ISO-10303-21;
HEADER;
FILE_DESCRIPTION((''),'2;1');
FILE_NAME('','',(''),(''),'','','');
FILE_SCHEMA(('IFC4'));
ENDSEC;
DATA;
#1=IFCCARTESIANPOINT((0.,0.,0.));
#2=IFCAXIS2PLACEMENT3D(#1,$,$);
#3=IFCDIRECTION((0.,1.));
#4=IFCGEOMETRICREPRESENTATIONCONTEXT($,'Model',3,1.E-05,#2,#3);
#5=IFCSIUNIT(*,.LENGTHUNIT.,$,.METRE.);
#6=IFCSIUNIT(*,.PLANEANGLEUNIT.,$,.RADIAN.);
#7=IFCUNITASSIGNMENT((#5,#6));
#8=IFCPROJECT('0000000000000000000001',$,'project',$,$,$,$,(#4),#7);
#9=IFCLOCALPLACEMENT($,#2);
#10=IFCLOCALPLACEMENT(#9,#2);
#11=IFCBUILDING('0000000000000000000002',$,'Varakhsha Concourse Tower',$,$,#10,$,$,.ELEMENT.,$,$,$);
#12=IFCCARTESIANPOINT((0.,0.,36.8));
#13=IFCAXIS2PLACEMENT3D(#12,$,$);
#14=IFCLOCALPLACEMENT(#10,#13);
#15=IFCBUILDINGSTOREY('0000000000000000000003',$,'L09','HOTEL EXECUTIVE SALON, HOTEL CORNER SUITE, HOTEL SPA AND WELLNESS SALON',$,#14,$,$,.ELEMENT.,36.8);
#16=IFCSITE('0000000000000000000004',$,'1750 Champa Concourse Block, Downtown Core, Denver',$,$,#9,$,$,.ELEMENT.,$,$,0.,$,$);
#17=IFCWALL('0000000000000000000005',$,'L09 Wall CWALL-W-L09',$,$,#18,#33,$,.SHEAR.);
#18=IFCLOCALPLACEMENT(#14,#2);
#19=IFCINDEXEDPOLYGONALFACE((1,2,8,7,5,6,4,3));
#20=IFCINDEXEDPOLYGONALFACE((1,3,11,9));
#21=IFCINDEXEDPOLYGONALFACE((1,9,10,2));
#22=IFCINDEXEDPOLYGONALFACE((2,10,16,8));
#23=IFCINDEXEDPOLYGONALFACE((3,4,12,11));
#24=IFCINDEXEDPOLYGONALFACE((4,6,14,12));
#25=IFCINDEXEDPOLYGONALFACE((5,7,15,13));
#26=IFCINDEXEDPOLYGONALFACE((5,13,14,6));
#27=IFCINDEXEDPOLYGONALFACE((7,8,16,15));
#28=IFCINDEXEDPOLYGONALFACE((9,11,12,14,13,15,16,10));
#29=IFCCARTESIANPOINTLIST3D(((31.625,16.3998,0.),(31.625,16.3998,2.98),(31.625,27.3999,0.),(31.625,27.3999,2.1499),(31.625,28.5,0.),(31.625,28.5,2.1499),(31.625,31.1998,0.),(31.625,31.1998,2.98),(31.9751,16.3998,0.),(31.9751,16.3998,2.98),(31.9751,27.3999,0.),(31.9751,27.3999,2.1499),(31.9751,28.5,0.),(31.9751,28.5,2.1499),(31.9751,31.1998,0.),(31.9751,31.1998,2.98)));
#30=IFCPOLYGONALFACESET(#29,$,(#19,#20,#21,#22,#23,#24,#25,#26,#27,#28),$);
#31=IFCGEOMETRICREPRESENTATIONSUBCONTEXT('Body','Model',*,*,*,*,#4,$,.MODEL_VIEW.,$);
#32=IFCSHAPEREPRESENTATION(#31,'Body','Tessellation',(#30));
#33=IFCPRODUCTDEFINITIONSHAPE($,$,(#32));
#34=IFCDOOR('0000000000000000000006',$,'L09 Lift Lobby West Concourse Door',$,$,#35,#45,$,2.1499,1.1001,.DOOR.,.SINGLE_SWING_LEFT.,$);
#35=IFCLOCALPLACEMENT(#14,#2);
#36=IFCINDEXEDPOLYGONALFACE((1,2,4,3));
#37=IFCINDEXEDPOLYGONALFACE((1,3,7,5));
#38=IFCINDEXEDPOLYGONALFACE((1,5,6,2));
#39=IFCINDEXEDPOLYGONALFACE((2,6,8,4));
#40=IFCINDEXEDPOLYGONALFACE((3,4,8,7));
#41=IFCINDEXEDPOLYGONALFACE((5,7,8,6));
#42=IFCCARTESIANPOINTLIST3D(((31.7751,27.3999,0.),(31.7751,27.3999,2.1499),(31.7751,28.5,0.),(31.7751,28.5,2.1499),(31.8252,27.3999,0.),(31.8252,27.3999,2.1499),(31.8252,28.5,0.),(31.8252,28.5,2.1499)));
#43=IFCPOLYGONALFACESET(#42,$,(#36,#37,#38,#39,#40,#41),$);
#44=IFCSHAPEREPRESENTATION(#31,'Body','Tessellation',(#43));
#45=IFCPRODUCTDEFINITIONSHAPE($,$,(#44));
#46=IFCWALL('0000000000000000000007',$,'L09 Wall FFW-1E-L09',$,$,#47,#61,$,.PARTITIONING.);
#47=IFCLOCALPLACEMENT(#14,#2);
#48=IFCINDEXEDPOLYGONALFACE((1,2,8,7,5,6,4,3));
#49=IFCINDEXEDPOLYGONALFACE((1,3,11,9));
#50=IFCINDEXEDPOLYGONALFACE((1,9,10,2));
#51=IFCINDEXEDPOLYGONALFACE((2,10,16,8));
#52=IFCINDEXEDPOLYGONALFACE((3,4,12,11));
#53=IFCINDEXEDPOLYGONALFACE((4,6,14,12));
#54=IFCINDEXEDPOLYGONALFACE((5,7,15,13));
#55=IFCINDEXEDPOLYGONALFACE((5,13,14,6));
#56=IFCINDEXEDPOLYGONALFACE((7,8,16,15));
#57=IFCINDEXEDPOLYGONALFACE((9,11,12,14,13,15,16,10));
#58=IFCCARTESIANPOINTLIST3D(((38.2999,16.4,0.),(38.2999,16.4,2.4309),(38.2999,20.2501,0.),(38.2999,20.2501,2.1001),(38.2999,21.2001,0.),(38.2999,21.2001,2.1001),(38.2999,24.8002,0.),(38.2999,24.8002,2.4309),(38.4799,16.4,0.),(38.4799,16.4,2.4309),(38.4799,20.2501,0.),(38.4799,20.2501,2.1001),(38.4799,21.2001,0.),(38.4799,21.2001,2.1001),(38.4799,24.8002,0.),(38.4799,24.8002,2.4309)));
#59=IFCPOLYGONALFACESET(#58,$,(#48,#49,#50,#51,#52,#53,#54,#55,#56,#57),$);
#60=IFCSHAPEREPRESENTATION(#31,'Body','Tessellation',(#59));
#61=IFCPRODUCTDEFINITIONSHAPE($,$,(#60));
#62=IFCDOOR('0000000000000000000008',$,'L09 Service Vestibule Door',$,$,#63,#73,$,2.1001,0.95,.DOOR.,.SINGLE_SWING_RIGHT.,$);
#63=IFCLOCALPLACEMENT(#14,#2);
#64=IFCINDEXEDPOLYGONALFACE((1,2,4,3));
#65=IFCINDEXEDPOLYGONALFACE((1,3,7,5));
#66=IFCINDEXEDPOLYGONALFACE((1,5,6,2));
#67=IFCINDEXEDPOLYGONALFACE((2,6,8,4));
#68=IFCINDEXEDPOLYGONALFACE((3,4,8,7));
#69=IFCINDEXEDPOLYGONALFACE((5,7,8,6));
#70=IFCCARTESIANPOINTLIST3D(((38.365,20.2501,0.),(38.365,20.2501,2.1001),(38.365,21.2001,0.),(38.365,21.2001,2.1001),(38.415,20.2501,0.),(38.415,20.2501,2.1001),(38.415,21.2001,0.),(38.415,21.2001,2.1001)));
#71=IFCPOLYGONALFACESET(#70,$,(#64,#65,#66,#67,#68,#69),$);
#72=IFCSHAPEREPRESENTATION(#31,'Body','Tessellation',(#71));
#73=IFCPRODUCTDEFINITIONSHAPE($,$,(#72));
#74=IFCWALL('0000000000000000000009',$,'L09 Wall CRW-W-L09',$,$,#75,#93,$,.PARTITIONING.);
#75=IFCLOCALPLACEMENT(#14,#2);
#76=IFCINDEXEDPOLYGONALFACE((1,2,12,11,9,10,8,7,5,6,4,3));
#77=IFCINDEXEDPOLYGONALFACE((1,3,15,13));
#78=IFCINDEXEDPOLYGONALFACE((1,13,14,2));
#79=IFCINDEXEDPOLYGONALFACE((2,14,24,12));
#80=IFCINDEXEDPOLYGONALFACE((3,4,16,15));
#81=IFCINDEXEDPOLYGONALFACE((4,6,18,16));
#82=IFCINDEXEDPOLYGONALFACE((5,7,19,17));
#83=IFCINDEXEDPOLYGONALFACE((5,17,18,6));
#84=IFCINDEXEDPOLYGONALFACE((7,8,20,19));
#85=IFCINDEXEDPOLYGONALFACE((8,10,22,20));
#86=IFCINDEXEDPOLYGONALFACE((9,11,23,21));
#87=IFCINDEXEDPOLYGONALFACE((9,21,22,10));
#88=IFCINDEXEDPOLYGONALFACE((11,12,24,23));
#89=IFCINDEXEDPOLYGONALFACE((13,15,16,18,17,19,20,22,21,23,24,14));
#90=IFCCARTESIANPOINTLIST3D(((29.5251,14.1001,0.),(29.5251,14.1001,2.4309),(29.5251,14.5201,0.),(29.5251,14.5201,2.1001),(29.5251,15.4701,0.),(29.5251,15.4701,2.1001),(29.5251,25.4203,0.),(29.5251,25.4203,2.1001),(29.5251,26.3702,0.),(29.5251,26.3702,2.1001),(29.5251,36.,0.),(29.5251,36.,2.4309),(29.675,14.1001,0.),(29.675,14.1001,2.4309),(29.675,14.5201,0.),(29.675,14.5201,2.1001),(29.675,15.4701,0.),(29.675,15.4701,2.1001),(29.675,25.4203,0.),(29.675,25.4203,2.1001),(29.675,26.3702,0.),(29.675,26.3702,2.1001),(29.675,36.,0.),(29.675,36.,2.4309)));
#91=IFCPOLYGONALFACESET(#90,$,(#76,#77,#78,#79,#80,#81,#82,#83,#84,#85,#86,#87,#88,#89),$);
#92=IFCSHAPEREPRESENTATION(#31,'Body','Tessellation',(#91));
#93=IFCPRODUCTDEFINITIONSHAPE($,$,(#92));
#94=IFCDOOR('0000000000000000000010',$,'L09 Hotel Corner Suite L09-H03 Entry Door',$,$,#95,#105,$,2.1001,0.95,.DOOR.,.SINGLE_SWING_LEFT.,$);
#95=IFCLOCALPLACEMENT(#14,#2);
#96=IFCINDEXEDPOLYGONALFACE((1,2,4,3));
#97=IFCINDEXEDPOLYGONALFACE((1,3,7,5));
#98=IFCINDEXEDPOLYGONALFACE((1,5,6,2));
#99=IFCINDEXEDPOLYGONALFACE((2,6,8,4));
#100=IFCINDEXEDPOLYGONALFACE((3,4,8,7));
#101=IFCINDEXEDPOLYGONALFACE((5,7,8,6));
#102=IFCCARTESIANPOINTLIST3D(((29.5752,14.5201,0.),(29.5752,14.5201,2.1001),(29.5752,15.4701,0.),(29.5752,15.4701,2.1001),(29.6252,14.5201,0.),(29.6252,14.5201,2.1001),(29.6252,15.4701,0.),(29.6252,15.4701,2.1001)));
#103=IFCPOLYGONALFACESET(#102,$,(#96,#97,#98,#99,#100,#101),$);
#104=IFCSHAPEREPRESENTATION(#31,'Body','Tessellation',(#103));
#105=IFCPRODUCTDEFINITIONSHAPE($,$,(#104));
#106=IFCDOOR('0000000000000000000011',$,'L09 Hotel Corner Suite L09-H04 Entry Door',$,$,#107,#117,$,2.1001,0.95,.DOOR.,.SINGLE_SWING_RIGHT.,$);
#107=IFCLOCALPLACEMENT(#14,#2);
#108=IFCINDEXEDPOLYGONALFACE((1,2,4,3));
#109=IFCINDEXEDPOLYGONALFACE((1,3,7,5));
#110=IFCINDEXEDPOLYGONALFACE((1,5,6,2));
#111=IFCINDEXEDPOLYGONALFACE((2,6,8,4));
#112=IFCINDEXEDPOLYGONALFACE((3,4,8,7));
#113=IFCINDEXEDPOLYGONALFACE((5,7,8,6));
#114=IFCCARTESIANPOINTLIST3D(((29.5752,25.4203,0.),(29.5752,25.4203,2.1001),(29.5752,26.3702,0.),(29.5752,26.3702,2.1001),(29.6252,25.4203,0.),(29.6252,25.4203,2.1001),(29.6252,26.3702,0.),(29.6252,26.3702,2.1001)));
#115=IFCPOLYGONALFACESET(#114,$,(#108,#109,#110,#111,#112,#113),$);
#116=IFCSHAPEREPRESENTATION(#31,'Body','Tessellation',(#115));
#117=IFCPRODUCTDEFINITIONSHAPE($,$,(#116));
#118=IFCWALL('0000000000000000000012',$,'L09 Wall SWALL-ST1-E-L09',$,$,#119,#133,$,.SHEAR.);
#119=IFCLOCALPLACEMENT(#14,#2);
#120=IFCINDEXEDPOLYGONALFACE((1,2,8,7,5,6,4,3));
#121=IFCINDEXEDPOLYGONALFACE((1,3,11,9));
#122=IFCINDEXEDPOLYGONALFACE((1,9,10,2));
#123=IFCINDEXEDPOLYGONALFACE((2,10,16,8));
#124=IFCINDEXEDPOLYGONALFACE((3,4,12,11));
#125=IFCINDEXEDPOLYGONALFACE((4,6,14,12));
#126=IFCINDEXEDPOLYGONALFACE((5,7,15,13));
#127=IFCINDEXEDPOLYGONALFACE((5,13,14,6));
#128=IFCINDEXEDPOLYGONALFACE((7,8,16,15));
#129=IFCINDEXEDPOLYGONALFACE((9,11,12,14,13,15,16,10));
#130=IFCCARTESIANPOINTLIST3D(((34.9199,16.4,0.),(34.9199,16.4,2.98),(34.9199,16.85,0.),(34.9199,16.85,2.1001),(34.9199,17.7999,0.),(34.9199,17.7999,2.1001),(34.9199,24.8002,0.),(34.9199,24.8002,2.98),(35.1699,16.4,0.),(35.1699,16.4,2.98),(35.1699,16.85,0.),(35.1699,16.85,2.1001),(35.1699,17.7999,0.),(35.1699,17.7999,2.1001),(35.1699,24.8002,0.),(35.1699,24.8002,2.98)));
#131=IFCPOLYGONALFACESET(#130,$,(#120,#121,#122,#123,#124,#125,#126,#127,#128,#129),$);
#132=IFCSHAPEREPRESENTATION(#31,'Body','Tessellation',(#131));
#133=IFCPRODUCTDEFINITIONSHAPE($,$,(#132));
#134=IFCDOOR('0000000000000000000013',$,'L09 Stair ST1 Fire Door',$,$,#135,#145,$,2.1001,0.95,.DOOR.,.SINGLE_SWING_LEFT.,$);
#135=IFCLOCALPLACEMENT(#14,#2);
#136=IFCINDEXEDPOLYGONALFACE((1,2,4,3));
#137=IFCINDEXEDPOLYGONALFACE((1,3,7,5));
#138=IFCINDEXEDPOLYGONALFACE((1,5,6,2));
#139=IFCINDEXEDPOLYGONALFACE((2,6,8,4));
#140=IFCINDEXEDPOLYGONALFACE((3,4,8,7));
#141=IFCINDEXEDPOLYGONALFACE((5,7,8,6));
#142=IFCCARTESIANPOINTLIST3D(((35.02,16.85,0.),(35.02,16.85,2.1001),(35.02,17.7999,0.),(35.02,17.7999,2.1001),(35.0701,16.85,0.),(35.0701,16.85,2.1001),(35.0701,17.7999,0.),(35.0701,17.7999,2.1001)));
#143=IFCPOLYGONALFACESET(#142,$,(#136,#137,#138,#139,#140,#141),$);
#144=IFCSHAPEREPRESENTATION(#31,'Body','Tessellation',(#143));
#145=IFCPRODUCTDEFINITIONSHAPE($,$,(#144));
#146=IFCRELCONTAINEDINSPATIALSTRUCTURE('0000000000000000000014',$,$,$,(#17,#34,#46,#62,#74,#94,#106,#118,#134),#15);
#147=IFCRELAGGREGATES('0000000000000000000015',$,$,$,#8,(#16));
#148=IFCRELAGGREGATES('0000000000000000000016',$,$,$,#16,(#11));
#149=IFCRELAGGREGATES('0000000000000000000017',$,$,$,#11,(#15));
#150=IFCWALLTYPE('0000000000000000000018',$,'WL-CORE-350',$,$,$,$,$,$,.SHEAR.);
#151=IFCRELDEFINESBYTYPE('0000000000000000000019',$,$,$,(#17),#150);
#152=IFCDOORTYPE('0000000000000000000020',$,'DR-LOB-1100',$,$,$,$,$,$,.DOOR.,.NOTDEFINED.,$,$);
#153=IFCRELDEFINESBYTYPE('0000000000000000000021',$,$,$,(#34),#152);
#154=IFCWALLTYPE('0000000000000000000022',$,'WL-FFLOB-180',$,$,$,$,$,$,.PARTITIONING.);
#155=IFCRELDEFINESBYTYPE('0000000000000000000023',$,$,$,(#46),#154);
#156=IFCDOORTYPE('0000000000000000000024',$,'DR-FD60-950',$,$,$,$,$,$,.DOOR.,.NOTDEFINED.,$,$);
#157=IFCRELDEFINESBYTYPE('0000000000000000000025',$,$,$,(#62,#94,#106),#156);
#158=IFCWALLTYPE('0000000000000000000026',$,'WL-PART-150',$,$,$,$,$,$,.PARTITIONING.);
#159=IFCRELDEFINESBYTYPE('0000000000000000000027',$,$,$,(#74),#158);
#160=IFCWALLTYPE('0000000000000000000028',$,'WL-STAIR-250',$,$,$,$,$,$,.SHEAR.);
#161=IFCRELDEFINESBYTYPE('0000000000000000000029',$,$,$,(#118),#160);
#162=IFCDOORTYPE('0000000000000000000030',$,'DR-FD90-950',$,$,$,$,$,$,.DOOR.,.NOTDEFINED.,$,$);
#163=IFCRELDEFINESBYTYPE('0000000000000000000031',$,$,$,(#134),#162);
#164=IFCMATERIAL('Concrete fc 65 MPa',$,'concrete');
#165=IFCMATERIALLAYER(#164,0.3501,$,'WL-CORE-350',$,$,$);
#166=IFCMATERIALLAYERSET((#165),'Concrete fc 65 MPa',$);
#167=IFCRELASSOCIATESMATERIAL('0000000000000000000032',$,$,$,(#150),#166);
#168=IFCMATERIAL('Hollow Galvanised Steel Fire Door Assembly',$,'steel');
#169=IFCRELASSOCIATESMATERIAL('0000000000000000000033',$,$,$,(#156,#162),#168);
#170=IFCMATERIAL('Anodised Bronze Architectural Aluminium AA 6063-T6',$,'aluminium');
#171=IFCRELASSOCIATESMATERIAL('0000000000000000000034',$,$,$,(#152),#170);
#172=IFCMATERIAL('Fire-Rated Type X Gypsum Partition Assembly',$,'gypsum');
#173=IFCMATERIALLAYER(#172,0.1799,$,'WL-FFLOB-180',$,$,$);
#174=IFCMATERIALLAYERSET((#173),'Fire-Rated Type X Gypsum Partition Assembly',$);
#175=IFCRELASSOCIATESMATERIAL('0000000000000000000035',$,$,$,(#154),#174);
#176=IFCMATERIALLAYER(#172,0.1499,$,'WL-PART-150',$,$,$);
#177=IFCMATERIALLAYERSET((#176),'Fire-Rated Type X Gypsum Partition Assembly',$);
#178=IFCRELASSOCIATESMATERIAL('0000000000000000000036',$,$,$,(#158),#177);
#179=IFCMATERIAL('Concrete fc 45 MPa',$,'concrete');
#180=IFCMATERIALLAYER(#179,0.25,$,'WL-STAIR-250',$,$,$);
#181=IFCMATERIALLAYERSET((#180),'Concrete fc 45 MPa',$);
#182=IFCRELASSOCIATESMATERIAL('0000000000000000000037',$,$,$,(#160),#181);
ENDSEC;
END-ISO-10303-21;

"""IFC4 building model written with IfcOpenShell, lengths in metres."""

from ifc_helpers import new_model, si_unit, direction, frame, frame_2d, origin, place, context, subcontext, project, spatial, rectangle, extrude, material, layer, layer_set, type_object, element, fill, save


model = new_model("IFC4")

# Units and contexts
model_context = context("Model", 3, precision=1e-05, world=origin(), true_north=direction((0.0, 1.0)))
body_context = subcontext(model_context, "Body", "Model", "MODEL_VIEW")
ifc_project = project(units=[si_unit("LENGTHUNIT", "METRE"), si_unit("PLANEANGLEUNIT", "RADIAN")], contexts=[model_context])

# Site, building, storey
site_placement = place(None, origin())
site = spatial("IfcSite", under=ifc_project, at=site_placement, Name="1750 Champa Concourse Block, Downtown Core, Denver", CompositionType="ELEMENT", RefElevation=0.0)
building_placement = place(site_placement, origin())
building = spatial("IfcBuilding", under=site, at=building_placement, Name="Varakhsha Concourse Tower", CompositionType="ELEMENT")
storey_placement = place(building_placement, frame((0.0, 0.0, 36.8)))
storey = spatial("IfcBuildingStorey", under=building, at=storey_placement, Name="L09", Description="HOTEL EXECUTIVE SALON, HOTEL CORNER SUITE, HOTEL SPA AND WELLNESS SALON", CompositionType="ELEMENT", Elevation=36.8)

# Shared definitions
ifc_material_1 = material(Name="Concrete fc 65 MPa", Category="concrete")

# Shared definitions
ifc_layer_1 = layer(ifc_material_1, 0.3501, Name="WL-CORE-350")
ifc_layer_set_1 = layer_set([ifc_layer_1], Name="Concrete fc 65 MPa")
wall_type_1 = type_object("IfcWallType", Name="WL-CORE-350", PredefinedType="SHEAR", material=ifc_layer_set_1)
ifc_material_2 = material(Name="Hollow Galvanised Steel Fire Door Assembly", Category="steel")
door_type_1 = type_object("IfcDoorType", Name="DR-FD60-950", OperationType="NOTDEFINED", PredefinedType="DOOR", material=ifc_material_2)

# Walls, openings, doors
wall_1_placement = place(storey_placement, frame((31.8, 16.3999, 0.0), z_axis=(0.0, 0.0, 1.0), x_axis=(0.0, 1.0, 0.0)))
wall_1 = element("IfcWall", 1, at=wall_1_placement, inside=storey, type_object=wall_type_1, Name="L09 Wall CWALL-W-L09", PredefinedType="SHEAR", context=body_context, shape_type="SweptSolid", body=[
    extrude(rectangle(XDim=14.8, YDim=0.3501, at=frame_2d((7.3999, 0.0))), origin(), (0.0, 0.0, 1.0), 2.98),
])
opening_1_placement = place(wall_1_placement, frame((11.0, 0.0, 0.0)))
opening_1 = element("IfcOpeningElement", 2, at=opening_1_placement, cuts=wall_1, PredefinedType="OPENING", context=body_context, shape_type="SweptSolid", body=[
    extrude(rectangle(XDim=1.1001, YDim=2.1499, at=frame_2d((0.55, 1.075))), frame((0.0, 0.1851, 0.0), z_axis=(0.0, -1.0, 0.0), x_axis=(1.0, 0.0, 0.0)), (0.0, 0.0, 1.0), 0.3701),
])
ifc_material_3 = material(Name="Anodised Bronze Architectural Aluminium AA 6063-T6", Category="aluminium")
door_type_2 = type_object("IfcDoorType", Name="DR-LOB-1100", OperationType="NOTDEFINED", PredefinedType="DOOR", material=ifc_material_3)
door_1_placement = place(opening_1_placement, origin())
door_1 = element("IfcDoor", 3, at=door_1_placement, inside=storey, type_object=door_type_2, Name="L09 Lift Lobby West Concourse Door", OperationType="SINGLE_SWING_LEFT", OverallHeight=2.1499, OverallWidth=1.1001, PredefinedType="DOOR", context=body_context, shape_type="SweptSolid", body=[
    extrude(rectangle(XDim=1.1001, YDim=2.1499, at=frame_2d((0.55, 1.075))), frame((0.0, 0.0249, 0.0), z_axis=(0.0, -1.0, 0.0), x_axis=(1.0, 0.0, 0.0)), (0.0, 0.0, 1.0), 0.05),
])
fill(opening_1, door_1)
ifc_material_4 = material(Name="Fire-Rated Type X Gypsum Partition Assembly", Category="gypsum")
ifc_layer_2 = layer(ifc_material_4, 0.1799, Name="WL-FFLOB-180")
ifc_layer_set_2 = layer_set([ifc_layer_2], Name="Fire-Rated Type X Gypsum Partition Assembly")
wall_type_2 = type_object("IfcWallType", Name="WL-FFLOB-180", PredefinedType="PARTITIONING", material=ifc_layer_set_2)
wall_2_placement = place(storey_placement, frame((38.3899, 16.3999, 0.0), z_axis=(0.0, 0.0, 1.0), x_axis=(0.0, 1.0, 0.0)))
wall_2 = element("IfcWall", 4, at=wall_2_placement, inside=storey, type_object=wall_type_2, Name="L09 Wall FFW-1E-L09", PredefinedType="PARTITIONING", context=body_context, shape_type="SweptSolid", body=[
    extrude(rectangle(XDim=8.4001, YDim=0.1799, at=frame_2d((4.2002, 0.0))), origin(), (0.0, 0.0, 1.0), 2.4309),
])
opening_2_placement = place(wall_2_placement, frame((3.8501, 0.0, 0.0)))
opening_2 = element("IfcOpeningElement", 5, at=opening_2_placement, cuts=wall_2, PredefinedType="OPENING", context=body_context, shape_type="SweptSolid", body=[
    extrude(rectangle(XDim=0.95, YDim=2.1001, at=frame_2d((0.4751, 1.05))), frame((0.0, 0.0999, 0.0), z_axis=(0.0, -1.0, 0.0), x_axis=(1.0, 0.0, 0.0)), (0.0, 0.0, 1.0), 0.2),
])
door_2_placement = place(opening_2_placement, origin())
door_2 = element("IfcDoor", 6, at=door_2_placement, inside=storey, type_object=door_type_1, Name="L09 Service Vestibule Door", OperationType="SINGLE_SWING_RIGHT", OverallHeight=2.1001, OverallWidth=0.95, PredefinedType="DOOR", context=body_context, shape_type="SweptSolid", body=[
    extrude(rectangle(XDim=0.95, YDim=2.1001, at=frame_2d((0.4751, 1.05))), frame((0.0, 0.0249, 0.0), z_axis=(0.0, -1.0, 0.0), x_axis=(1.0, 0.0, 0.0)), (0.0, 0.0, 1.0), 0.05),
])
fill(opening_2, door_2)

# Wall, openings, doors
ifc_layer_3 = layer(ifc_material_4, 0.1499, Name="WL-PART-150")
ifc_layer_set_3 = layer_set([ifc_layer_3], Name="Fire-Rated Type X Gypsum Partition Assembly")
wall_type_3 = type_object("IfcWallType", Name="WL-PART-150", PredefinedType="PARTITIONING", material=ifc_layer_set_3)
wall_3_placement = place(storey_placement, frame((29.6001, 14.1001, 0.0), z_axis=(0.0, 0.0, 1.0), x_axis=(0.0, 1.0, 0.0)))
wall_3 = element("IfcWall", 7, at=wall_3_placement, inside=storey, type_object=wall_type_3, Name="L09 Wall CRW-W-L09", PredefinedType="PARTITIONING", context=body_context, shape_type="SweptSolid", body=[
    extrude(rectangle(XDim=21.8999, YDim=0.1499, at=frame_2d((10.95, 0.0))), origin(), (0.0, 0.0, 1.0), 2.4309),
])
opening_3_placement = place(wall_3_placement, frame((0.4199, 0.0, 0.0)))
opening_3 = element("IfcOpeningElement", 8, at=opening_3_placement, cuts=wall_3, PredefinedType="OPENING", context=body_context, shape_type="SweptSolid", body=[
    extrude(rectangle(XDim=0.95, YDim=2.1001, at=frame_2d((0.4751, 1.05))), frame((0.0, 0.085, 0.0), z_axis=(0.0, -1.0, 0.0), x_axis=(1.0, 0.0, 0.0)), (0.0, 0.0, 1.0), 0.1699),
])
opening_4_placement = place(wall_3_placement, frame((11.3201, 0.0, 0.0)))
opening_4 = element("IfcOpeningElement", 9, at=opening_4_placement, cuts=wall_3, PredefinedType="OPENING", context=body_context, shape_type="SweptSolid", body=[
    extrude(rectangle(XDim=0.95, YDim=2.1001, at=frame_2d((0.4751, 1.05))), frame((0.0, 0.085, 0.0), z_axis=(0.0, -1.0, 0.0), x_axis=(1.0, 0.0, 0.0)), (0.0, 0.0, 1.0), 0.1699),
])
door_3_placement = place(opening_3_placement, origin())
door_3 = element("IfcDoor", 10, at=door_3_placement, inside=storey, type_object=door_type_1, Name="L09 Hotel Corner Suite L09-H03 Entry Door", OperationType="SINGLE_SWING_LEFT", OverallHeight=2.1001, OverallWidth=0.95, PredefinedType="DOOR", context=body_context, shape_type="SweptSolid", body=[
    extrude(rectangle(XDim=0.95, YDim=2.1001, at=frame_2d((0.4751, 1.05))), frame((0.0, 0.0249, 0.0), z_axis=(0.0, -1.0, 0.0), x_axis=(1.0, 0.0, 0.0)), (0.0, 0.0, 1.0), 0.05),
])
fill(opening_3, door_3)
door_4_placement = place(opening_4_placement, origin())
door_4 = element("IfcDoor", 11, at=door_4_placement, inside=storey, type_object=door_type_1, Name="L09 Hotel Corner Suite L09-H04 Entry Door", OperationType="SINGLE_SWING_RIGHT", OverallHeight=2.1001, OverallWidth=0.95, PredefinedType="DOOR", context=body_context, shape_type="SweptSolid", body=[
    extrude(rectangle(XDim=0.95, YDim=2.1001, at=frame_2d((0.4751, 1.05))), frame((0.0, 0.0249, 0.0), z_axis=(0.0, -1.0, 0.0), x_axis=(1.0, 0.0, 0.0)), (0.0, 0.0, 1.0), 0.05),
])
fill(opening_4, door_4)

# Wall, opening, door
ifc_material_5 = material(Name="Concrete fc 45 MPa", Category="concrete")
ifc_layer_4 = layer(ifc_material_5, 0.25, Name="WL-STAIR-250")
ifc_layer_set_4 = layer_set([ifc_layer_4], Name="Concrete fc 45 MPa")
wall_type_4 = type_object("IfcWallType", Name="WL-STAIR-250", PredefinedType="SHEAR", material=ifc_layer_set_4)
wall_4_placement = place(storey_placement, frame((35.0449, 16.3999, 0.0), z_axis=(0.0, 0.0, 1.0), x_axis=(0.0, 1.0, 0.0)))
wall_4 = element("IfcWall", 12, at=wall_4_placement, inside=storey, type_object=wall_type_4, Name="L09 Wall SWALL-ST1-E-L09", PredefinedType="SHEAR", context=body_context, shape_type="SweptSolid", body=[
    extrude(rectangle(XDim=8.4001, YDim=0.25, at=frame_2d((4.2002, 0.0))), origin(), (0.0, 0.0, 1.0), 2.98),
])
opening_5_placement = place(wall_4_placement, frame((0.45, 0.0, 0.0)))
opening_5 = element("IfcOpeningElement", 13, at=opening_5_placement, cuts=wall_4, PredefinedType="OPENING", context=body_context, shape_type="SweptSolid", body=[
    extrude(rectangle(XDim=0.95, YDim=2.1001, at=frame_2d((0.4751, 1.05))), frame((0.0, 0.135, 0.0), z_axis=(0.0, -1.0, 0.0), x_axis=(1.0, 0.0, 0.0)), (0.0, 0.0, 1.0), 0.27),
])
door_type_3 = type_object("IfcDoorType", Name="DR-FD90-950", OperationType="NOTDEFINED", PredefinedType="DOOR", material=ifc_material_2)
door_5_placement = place(opening_5_placement, origin())
door_5 = element("IfcDoor", 14, at=door_5_placement, inside=storey, type_object=door_type_3, Name="L09 Stair ST1 Fire Door", OperationType="SINGLE_SWING_LEFT", OverallHeight=2.1001, OverallWidth=0.95, PredefinedType="DOOR", context=body_context, shape_type="SweptSolid", body=[
    extrude(rectangle(XDim=0.95, YDim=2.1001, at=frame_2d((0.4751, 1.05))), frame((0.0, 0.0249, 0.0), z_axis=(0.0, -1.0, 0.0), x_axis=(1.0, 0.0, 0.0)), (0.0, 0.0, 1.0), 0.05),
])
fill(opening_5, door_5)

save(model, "model.ifc")
